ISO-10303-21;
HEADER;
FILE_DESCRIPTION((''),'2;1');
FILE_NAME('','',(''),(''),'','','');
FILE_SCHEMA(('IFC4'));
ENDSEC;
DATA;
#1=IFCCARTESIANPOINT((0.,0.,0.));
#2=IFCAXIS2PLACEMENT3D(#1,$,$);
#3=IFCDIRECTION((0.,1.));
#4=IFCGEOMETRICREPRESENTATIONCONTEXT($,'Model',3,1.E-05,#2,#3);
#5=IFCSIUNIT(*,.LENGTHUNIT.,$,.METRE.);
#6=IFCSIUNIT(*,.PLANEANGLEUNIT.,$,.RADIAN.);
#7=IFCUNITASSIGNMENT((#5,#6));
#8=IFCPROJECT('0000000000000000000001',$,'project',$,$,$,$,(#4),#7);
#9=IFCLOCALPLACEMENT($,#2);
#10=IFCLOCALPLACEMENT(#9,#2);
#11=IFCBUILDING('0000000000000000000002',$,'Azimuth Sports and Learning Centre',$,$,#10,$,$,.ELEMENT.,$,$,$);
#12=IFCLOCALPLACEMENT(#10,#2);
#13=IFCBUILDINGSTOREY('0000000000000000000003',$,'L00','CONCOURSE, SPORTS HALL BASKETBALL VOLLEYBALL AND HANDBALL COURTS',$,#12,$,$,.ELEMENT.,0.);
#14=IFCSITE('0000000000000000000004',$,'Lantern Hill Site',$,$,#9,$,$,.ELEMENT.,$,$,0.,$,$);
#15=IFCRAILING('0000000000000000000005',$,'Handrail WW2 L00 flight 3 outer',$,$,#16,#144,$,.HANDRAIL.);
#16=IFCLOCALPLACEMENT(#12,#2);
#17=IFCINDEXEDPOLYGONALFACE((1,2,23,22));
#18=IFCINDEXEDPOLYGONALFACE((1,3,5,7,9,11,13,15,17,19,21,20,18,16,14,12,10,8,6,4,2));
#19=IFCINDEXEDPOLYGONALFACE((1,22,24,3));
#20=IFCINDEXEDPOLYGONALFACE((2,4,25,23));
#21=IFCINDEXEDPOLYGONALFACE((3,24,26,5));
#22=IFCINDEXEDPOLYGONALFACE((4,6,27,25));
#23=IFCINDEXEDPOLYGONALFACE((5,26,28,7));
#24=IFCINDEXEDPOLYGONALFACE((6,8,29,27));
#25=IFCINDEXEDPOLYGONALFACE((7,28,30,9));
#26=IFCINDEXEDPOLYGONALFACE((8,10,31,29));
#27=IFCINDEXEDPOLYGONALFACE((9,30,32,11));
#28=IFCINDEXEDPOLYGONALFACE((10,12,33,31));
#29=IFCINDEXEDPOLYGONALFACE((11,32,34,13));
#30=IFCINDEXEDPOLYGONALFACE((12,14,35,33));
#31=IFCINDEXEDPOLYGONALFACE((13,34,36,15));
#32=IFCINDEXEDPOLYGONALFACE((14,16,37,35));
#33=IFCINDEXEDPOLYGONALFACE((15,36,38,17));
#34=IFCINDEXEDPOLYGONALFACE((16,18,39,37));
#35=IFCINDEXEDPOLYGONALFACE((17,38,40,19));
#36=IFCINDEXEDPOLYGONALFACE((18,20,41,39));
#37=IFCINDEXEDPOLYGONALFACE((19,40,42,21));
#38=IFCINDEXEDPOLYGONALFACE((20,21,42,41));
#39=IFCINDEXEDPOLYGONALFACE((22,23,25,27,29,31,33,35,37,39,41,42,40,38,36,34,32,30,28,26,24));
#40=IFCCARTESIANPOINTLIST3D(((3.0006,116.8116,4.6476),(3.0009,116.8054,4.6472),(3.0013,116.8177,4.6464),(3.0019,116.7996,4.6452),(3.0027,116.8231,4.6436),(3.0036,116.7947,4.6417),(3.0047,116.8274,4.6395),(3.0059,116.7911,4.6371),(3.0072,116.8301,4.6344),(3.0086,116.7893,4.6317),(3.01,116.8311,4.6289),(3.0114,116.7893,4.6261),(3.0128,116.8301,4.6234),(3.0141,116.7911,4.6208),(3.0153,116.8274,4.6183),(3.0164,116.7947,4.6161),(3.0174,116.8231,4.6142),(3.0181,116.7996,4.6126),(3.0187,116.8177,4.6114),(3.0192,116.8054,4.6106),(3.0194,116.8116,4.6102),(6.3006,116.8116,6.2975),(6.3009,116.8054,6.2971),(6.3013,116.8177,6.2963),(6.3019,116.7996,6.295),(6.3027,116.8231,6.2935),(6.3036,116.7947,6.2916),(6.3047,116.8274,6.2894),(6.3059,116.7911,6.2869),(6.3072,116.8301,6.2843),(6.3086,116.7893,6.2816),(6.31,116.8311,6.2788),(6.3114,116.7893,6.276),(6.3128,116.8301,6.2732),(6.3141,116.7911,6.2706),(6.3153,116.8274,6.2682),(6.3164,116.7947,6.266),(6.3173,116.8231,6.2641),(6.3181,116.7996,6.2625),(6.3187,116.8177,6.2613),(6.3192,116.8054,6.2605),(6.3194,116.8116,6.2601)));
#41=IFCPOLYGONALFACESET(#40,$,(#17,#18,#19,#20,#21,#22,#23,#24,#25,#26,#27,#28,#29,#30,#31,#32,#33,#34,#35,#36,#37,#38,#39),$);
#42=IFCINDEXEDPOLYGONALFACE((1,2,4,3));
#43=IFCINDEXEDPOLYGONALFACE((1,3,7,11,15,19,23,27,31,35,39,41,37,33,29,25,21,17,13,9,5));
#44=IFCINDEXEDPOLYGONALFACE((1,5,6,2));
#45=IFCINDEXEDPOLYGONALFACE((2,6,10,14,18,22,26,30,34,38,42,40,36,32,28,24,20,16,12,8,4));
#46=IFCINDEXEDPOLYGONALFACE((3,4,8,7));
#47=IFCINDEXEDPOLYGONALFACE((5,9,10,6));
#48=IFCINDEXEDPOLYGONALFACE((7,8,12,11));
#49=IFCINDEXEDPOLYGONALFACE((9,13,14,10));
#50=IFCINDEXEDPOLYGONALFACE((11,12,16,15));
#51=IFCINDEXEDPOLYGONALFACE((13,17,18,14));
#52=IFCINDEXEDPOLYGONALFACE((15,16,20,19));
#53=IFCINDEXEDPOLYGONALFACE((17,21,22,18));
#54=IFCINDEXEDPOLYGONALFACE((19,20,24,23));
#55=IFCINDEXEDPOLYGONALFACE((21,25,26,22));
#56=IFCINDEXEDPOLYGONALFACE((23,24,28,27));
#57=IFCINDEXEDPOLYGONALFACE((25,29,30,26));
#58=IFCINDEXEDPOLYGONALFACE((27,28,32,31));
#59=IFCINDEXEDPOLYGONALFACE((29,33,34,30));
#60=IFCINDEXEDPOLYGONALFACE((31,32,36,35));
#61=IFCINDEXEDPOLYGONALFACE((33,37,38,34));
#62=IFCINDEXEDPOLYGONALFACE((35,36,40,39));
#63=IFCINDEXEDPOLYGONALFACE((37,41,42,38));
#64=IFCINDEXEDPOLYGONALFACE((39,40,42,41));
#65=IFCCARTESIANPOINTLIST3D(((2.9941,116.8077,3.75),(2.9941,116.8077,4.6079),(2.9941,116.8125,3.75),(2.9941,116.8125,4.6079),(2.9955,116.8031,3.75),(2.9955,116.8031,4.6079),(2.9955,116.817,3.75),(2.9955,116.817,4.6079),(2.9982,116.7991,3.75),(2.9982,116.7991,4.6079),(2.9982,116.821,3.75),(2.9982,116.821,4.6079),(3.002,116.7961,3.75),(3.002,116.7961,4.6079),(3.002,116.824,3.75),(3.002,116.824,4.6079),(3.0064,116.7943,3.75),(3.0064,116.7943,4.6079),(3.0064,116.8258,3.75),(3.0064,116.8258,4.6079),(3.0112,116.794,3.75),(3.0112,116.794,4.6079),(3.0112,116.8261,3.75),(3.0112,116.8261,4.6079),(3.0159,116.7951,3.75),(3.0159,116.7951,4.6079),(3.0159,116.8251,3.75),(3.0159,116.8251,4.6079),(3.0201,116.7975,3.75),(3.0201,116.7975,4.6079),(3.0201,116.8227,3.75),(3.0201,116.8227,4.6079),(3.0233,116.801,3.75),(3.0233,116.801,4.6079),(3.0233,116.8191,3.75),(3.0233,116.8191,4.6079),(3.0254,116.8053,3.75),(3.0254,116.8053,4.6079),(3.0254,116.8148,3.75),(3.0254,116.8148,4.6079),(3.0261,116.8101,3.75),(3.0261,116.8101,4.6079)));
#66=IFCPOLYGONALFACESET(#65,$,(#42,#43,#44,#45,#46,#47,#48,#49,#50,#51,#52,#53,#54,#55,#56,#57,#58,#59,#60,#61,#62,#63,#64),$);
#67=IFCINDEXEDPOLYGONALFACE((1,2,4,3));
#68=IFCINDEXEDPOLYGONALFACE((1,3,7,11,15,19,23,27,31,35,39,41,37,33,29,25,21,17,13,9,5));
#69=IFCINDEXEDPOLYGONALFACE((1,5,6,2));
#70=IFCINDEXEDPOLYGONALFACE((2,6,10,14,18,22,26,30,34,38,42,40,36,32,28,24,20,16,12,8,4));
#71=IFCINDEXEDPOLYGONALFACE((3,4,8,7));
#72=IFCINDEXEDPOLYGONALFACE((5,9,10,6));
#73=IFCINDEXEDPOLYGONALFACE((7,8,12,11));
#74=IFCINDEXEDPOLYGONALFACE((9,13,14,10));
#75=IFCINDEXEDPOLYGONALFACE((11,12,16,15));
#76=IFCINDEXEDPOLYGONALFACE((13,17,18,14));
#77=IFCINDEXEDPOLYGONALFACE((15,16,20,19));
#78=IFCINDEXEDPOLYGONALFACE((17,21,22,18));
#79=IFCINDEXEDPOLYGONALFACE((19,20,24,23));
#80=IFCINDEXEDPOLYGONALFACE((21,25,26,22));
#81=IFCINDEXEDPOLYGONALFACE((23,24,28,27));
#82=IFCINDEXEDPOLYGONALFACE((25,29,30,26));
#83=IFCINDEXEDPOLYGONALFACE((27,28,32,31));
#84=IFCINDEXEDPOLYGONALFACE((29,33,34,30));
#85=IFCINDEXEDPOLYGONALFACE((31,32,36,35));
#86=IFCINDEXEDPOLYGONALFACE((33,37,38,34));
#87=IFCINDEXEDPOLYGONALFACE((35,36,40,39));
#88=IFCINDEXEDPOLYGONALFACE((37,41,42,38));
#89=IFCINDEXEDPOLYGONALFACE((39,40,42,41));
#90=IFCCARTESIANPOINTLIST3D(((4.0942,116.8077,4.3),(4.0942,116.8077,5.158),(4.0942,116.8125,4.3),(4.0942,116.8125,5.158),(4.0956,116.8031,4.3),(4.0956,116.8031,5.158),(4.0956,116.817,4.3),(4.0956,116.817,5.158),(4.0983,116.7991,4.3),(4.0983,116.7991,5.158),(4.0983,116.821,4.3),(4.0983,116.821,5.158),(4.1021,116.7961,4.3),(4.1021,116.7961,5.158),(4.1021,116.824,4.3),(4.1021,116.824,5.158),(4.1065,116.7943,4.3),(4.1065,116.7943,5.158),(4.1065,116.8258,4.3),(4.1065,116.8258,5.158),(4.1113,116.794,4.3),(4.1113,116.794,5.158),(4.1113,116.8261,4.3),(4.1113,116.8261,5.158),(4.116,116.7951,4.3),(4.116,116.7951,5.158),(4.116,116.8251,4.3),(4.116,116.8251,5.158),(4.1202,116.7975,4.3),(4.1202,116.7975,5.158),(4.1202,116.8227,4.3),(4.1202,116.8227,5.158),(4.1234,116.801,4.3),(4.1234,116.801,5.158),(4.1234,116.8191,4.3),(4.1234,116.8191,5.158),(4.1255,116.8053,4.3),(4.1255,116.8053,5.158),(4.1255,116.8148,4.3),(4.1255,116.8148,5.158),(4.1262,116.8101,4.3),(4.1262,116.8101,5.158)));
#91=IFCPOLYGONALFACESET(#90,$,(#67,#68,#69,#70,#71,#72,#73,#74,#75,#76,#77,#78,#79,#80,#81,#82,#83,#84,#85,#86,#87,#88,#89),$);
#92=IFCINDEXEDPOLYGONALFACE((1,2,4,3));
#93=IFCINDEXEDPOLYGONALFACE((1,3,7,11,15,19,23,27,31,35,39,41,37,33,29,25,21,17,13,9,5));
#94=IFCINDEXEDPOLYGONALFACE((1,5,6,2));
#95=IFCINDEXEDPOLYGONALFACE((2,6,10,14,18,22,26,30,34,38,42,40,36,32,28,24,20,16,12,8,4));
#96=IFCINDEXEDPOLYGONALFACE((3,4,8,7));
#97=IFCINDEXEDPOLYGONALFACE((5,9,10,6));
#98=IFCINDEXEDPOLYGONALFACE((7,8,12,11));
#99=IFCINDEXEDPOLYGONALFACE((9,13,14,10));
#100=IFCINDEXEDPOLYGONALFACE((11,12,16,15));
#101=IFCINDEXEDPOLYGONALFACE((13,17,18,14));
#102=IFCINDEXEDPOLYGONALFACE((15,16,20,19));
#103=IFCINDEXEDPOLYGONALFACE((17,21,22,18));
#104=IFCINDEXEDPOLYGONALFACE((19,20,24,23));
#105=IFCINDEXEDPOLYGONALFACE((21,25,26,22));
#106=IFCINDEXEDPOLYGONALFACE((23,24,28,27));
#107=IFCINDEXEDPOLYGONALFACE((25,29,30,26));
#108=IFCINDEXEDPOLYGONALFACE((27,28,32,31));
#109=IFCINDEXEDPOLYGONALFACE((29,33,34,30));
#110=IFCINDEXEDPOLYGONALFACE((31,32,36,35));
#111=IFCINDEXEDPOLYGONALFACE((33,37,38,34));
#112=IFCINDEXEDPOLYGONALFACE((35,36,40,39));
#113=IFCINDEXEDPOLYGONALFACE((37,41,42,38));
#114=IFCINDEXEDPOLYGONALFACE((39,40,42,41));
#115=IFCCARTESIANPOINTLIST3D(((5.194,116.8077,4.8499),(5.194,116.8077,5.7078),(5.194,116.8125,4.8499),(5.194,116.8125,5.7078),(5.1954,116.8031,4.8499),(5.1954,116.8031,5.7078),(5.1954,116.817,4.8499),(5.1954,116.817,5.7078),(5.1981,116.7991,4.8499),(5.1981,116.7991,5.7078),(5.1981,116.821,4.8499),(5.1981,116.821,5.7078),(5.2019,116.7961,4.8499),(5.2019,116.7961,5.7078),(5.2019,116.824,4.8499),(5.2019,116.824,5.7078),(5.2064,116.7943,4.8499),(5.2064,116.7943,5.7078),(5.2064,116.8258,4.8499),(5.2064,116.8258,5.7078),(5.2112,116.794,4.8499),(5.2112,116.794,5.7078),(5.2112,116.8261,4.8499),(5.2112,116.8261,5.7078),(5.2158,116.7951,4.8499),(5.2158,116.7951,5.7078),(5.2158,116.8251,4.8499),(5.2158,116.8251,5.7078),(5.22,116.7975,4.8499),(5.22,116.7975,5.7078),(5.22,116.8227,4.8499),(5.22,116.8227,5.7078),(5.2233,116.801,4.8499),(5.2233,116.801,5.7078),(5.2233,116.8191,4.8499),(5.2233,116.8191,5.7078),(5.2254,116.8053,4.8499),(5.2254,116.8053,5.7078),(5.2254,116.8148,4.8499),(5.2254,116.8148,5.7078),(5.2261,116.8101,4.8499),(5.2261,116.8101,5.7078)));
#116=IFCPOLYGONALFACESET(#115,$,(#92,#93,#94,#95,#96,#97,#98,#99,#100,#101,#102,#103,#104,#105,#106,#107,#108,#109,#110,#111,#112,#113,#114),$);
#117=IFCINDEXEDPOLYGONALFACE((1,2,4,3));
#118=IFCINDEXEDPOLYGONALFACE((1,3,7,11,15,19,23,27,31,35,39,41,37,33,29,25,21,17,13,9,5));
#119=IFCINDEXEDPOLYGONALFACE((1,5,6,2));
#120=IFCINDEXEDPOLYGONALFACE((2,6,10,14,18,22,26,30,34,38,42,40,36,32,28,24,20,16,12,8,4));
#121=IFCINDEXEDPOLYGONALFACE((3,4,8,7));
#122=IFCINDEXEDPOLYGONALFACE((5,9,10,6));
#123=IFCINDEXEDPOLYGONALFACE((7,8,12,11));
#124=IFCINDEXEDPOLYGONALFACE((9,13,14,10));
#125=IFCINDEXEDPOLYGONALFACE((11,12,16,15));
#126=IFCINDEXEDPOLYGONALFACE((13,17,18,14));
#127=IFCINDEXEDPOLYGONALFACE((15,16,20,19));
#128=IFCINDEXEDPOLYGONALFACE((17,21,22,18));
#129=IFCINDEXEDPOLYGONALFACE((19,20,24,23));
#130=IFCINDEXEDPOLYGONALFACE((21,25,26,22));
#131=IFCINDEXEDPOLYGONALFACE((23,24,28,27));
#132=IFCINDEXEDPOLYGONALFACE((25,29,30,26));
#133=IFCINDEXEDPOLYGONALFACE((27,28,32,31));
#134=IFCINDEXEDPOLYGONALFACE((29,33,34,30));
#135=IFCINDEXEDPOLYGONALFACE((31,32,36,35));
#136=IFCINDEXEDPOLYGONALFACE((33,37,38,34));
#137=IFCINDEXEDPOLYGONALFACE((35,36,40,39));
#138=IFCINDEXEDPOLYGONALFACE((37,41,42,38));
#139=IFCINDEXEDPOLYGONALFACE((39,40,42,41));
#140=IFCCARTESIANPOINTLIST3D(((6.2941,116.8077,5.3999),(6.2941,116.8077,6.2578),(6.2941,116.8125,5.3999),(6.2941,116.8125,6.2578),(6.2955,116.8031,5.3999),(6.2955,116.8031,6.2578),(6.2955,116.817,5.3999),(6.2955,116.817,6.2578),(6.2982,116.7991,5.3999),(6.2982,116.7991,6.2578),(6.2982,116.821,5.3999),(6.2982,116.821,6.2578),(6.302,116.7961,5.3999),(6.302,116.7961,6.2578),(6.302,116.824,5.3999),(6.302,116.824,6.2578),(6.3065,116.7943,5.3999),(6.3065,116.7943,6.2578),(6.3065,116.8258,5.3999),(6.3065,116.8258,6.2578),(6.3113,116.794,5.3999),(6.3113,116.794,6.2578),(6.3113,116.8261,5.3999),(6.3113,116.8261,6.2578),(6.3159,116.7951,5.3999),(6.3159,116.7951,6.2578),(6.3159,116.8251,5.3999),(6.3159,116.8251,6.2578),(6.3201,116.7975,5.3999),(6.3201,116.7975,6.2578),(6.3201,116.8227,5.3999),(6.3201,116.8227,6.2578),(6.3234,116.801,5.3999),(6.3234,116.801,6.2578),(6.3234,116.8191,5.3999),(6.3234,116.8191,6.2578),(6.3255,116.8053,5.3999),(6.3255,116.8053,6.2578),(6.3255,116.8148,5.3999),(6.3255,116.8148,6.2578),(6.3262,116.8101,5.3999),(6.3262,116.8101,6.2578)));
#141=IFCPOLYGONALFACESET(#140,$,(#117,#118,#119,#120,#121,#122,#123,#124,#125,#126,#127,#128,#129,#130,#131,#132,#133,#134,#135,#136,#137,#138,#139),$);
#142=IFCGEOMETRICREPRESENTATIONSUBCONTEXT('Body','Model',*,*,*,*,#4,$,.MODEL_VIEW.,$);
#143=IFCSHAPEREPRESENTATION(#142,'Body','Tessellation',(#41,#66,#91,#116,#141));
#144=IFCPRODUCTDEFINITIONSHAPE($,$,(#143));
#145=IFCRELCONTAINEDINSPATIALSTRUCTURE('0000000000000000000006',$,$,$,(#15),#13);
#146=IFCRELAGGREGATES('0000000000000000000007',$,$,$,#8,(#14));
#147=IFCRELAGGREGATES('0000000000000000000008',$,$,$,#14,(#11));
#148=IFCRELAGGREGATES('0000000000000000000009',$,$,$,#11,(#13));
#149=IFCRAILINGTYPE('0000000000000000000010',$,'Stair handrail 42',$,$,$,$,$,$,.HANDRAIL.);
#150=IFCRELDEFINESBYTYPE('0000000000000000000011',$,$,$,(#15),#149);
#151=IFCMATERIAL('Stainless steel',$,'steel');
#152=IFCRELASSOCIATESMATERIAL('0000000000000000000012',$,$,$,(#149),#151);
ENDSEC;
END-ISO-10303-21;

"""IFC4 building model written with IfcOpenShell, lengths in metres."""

from ifc_helpers import new_model, si_unit, direction, frame, origin, origin_2d, place, context, subcontext, project, spatial, circle, extrude, material, type_object, element, save


model = new_model("IFC4")

# Units and contexts
model_context = context("Model", 3, precision=1e-05, world=origin(), true_north=direction((0.0, 1.0)))
body_context = subcontext(model_context, "Body", "Model", "MODEL_VIEW")
ifc_project = project(units=[si_unit("LENGTHUNIT", "METRE"), si_unit("PLANEANGLEUNIT", "RADIAN")], contexts=[model_context])

# Site, building, storey
site_placement = place(None, origin())
site = spatial("IfcSite", under=ifc_project, at=site_placement, Name="Lantern Hill Site", CompositionType="ELEMENT", RefElevation=0.0)
building_placement = place(site_placement, origin())
building = spatial("IfcBuilding", under=site, at=building_placement, Name="Azimuth Sports and Learning Centre", CompositionType="ELEMENT")
storey_placement = place(building_placement, origin())
storey = spatial("IfcBuildingStorey", under=building, at=storey_placement, Name="L00", Description="CONCOURSE, SPORTS HALL BASKETBALL VOLLEYBALL AND HANDBALL COURTS", CompositionType="ELEMENT", Elevation=0.0)

# Railing
ifc_material_1 = material(Name="Stainless steel", Category="steel")
railing_type = type_object("IfcRailingType", Name="Stair handrail 42", PredefinedType="HANDRAIL", material=ifc_material_1)
for number, where, name in (
    (1, (3.01, 116.8101, 3.75), "Handrail WW2 L00 flight 3 outer"),
):
    element("IfcRailing", number, at=place(storey_placement, frame(where)), inside=storey, type_object=railing_type, Name=name, PredefinedType="HANDRAIL", context=body_context, shape_type="SweptSolid", body=[
        extrude(circle(Radius=0.021, at=origin_2d()), frame((0.0, 0.0, 0.8789), z_axis=(0.89444, 0.0, 0.447187), x_axis=(0.0, 1.0, 0.0)), (0.0, 0.0, 1.0), 3.6895),
        extrude(circle(Radius=0.0161, at=origin_2d()), origin(), (0.0, 0.0, 1.0), 0.8579),
        extrude(circle(Radius=0.0161, at=origin_2d()), frame((1.1001, 0.0, 0.55)), (0.0, 0.0, 1.0), 0.8579),
        extrude(circle(Radius=0.0161, at=origin_2d()), frame((2.2, 0.0, 1.0999)), (0.0, 0.0, 1.0), 0.8579),
        extrude(circle(Radius=0.0161, at=origin_2d()), frame((3.3, 0.0, 1.6499)), (0.0, 0.0, 1.0), 0.8579),
    ])

save(model, "model.ifc")
